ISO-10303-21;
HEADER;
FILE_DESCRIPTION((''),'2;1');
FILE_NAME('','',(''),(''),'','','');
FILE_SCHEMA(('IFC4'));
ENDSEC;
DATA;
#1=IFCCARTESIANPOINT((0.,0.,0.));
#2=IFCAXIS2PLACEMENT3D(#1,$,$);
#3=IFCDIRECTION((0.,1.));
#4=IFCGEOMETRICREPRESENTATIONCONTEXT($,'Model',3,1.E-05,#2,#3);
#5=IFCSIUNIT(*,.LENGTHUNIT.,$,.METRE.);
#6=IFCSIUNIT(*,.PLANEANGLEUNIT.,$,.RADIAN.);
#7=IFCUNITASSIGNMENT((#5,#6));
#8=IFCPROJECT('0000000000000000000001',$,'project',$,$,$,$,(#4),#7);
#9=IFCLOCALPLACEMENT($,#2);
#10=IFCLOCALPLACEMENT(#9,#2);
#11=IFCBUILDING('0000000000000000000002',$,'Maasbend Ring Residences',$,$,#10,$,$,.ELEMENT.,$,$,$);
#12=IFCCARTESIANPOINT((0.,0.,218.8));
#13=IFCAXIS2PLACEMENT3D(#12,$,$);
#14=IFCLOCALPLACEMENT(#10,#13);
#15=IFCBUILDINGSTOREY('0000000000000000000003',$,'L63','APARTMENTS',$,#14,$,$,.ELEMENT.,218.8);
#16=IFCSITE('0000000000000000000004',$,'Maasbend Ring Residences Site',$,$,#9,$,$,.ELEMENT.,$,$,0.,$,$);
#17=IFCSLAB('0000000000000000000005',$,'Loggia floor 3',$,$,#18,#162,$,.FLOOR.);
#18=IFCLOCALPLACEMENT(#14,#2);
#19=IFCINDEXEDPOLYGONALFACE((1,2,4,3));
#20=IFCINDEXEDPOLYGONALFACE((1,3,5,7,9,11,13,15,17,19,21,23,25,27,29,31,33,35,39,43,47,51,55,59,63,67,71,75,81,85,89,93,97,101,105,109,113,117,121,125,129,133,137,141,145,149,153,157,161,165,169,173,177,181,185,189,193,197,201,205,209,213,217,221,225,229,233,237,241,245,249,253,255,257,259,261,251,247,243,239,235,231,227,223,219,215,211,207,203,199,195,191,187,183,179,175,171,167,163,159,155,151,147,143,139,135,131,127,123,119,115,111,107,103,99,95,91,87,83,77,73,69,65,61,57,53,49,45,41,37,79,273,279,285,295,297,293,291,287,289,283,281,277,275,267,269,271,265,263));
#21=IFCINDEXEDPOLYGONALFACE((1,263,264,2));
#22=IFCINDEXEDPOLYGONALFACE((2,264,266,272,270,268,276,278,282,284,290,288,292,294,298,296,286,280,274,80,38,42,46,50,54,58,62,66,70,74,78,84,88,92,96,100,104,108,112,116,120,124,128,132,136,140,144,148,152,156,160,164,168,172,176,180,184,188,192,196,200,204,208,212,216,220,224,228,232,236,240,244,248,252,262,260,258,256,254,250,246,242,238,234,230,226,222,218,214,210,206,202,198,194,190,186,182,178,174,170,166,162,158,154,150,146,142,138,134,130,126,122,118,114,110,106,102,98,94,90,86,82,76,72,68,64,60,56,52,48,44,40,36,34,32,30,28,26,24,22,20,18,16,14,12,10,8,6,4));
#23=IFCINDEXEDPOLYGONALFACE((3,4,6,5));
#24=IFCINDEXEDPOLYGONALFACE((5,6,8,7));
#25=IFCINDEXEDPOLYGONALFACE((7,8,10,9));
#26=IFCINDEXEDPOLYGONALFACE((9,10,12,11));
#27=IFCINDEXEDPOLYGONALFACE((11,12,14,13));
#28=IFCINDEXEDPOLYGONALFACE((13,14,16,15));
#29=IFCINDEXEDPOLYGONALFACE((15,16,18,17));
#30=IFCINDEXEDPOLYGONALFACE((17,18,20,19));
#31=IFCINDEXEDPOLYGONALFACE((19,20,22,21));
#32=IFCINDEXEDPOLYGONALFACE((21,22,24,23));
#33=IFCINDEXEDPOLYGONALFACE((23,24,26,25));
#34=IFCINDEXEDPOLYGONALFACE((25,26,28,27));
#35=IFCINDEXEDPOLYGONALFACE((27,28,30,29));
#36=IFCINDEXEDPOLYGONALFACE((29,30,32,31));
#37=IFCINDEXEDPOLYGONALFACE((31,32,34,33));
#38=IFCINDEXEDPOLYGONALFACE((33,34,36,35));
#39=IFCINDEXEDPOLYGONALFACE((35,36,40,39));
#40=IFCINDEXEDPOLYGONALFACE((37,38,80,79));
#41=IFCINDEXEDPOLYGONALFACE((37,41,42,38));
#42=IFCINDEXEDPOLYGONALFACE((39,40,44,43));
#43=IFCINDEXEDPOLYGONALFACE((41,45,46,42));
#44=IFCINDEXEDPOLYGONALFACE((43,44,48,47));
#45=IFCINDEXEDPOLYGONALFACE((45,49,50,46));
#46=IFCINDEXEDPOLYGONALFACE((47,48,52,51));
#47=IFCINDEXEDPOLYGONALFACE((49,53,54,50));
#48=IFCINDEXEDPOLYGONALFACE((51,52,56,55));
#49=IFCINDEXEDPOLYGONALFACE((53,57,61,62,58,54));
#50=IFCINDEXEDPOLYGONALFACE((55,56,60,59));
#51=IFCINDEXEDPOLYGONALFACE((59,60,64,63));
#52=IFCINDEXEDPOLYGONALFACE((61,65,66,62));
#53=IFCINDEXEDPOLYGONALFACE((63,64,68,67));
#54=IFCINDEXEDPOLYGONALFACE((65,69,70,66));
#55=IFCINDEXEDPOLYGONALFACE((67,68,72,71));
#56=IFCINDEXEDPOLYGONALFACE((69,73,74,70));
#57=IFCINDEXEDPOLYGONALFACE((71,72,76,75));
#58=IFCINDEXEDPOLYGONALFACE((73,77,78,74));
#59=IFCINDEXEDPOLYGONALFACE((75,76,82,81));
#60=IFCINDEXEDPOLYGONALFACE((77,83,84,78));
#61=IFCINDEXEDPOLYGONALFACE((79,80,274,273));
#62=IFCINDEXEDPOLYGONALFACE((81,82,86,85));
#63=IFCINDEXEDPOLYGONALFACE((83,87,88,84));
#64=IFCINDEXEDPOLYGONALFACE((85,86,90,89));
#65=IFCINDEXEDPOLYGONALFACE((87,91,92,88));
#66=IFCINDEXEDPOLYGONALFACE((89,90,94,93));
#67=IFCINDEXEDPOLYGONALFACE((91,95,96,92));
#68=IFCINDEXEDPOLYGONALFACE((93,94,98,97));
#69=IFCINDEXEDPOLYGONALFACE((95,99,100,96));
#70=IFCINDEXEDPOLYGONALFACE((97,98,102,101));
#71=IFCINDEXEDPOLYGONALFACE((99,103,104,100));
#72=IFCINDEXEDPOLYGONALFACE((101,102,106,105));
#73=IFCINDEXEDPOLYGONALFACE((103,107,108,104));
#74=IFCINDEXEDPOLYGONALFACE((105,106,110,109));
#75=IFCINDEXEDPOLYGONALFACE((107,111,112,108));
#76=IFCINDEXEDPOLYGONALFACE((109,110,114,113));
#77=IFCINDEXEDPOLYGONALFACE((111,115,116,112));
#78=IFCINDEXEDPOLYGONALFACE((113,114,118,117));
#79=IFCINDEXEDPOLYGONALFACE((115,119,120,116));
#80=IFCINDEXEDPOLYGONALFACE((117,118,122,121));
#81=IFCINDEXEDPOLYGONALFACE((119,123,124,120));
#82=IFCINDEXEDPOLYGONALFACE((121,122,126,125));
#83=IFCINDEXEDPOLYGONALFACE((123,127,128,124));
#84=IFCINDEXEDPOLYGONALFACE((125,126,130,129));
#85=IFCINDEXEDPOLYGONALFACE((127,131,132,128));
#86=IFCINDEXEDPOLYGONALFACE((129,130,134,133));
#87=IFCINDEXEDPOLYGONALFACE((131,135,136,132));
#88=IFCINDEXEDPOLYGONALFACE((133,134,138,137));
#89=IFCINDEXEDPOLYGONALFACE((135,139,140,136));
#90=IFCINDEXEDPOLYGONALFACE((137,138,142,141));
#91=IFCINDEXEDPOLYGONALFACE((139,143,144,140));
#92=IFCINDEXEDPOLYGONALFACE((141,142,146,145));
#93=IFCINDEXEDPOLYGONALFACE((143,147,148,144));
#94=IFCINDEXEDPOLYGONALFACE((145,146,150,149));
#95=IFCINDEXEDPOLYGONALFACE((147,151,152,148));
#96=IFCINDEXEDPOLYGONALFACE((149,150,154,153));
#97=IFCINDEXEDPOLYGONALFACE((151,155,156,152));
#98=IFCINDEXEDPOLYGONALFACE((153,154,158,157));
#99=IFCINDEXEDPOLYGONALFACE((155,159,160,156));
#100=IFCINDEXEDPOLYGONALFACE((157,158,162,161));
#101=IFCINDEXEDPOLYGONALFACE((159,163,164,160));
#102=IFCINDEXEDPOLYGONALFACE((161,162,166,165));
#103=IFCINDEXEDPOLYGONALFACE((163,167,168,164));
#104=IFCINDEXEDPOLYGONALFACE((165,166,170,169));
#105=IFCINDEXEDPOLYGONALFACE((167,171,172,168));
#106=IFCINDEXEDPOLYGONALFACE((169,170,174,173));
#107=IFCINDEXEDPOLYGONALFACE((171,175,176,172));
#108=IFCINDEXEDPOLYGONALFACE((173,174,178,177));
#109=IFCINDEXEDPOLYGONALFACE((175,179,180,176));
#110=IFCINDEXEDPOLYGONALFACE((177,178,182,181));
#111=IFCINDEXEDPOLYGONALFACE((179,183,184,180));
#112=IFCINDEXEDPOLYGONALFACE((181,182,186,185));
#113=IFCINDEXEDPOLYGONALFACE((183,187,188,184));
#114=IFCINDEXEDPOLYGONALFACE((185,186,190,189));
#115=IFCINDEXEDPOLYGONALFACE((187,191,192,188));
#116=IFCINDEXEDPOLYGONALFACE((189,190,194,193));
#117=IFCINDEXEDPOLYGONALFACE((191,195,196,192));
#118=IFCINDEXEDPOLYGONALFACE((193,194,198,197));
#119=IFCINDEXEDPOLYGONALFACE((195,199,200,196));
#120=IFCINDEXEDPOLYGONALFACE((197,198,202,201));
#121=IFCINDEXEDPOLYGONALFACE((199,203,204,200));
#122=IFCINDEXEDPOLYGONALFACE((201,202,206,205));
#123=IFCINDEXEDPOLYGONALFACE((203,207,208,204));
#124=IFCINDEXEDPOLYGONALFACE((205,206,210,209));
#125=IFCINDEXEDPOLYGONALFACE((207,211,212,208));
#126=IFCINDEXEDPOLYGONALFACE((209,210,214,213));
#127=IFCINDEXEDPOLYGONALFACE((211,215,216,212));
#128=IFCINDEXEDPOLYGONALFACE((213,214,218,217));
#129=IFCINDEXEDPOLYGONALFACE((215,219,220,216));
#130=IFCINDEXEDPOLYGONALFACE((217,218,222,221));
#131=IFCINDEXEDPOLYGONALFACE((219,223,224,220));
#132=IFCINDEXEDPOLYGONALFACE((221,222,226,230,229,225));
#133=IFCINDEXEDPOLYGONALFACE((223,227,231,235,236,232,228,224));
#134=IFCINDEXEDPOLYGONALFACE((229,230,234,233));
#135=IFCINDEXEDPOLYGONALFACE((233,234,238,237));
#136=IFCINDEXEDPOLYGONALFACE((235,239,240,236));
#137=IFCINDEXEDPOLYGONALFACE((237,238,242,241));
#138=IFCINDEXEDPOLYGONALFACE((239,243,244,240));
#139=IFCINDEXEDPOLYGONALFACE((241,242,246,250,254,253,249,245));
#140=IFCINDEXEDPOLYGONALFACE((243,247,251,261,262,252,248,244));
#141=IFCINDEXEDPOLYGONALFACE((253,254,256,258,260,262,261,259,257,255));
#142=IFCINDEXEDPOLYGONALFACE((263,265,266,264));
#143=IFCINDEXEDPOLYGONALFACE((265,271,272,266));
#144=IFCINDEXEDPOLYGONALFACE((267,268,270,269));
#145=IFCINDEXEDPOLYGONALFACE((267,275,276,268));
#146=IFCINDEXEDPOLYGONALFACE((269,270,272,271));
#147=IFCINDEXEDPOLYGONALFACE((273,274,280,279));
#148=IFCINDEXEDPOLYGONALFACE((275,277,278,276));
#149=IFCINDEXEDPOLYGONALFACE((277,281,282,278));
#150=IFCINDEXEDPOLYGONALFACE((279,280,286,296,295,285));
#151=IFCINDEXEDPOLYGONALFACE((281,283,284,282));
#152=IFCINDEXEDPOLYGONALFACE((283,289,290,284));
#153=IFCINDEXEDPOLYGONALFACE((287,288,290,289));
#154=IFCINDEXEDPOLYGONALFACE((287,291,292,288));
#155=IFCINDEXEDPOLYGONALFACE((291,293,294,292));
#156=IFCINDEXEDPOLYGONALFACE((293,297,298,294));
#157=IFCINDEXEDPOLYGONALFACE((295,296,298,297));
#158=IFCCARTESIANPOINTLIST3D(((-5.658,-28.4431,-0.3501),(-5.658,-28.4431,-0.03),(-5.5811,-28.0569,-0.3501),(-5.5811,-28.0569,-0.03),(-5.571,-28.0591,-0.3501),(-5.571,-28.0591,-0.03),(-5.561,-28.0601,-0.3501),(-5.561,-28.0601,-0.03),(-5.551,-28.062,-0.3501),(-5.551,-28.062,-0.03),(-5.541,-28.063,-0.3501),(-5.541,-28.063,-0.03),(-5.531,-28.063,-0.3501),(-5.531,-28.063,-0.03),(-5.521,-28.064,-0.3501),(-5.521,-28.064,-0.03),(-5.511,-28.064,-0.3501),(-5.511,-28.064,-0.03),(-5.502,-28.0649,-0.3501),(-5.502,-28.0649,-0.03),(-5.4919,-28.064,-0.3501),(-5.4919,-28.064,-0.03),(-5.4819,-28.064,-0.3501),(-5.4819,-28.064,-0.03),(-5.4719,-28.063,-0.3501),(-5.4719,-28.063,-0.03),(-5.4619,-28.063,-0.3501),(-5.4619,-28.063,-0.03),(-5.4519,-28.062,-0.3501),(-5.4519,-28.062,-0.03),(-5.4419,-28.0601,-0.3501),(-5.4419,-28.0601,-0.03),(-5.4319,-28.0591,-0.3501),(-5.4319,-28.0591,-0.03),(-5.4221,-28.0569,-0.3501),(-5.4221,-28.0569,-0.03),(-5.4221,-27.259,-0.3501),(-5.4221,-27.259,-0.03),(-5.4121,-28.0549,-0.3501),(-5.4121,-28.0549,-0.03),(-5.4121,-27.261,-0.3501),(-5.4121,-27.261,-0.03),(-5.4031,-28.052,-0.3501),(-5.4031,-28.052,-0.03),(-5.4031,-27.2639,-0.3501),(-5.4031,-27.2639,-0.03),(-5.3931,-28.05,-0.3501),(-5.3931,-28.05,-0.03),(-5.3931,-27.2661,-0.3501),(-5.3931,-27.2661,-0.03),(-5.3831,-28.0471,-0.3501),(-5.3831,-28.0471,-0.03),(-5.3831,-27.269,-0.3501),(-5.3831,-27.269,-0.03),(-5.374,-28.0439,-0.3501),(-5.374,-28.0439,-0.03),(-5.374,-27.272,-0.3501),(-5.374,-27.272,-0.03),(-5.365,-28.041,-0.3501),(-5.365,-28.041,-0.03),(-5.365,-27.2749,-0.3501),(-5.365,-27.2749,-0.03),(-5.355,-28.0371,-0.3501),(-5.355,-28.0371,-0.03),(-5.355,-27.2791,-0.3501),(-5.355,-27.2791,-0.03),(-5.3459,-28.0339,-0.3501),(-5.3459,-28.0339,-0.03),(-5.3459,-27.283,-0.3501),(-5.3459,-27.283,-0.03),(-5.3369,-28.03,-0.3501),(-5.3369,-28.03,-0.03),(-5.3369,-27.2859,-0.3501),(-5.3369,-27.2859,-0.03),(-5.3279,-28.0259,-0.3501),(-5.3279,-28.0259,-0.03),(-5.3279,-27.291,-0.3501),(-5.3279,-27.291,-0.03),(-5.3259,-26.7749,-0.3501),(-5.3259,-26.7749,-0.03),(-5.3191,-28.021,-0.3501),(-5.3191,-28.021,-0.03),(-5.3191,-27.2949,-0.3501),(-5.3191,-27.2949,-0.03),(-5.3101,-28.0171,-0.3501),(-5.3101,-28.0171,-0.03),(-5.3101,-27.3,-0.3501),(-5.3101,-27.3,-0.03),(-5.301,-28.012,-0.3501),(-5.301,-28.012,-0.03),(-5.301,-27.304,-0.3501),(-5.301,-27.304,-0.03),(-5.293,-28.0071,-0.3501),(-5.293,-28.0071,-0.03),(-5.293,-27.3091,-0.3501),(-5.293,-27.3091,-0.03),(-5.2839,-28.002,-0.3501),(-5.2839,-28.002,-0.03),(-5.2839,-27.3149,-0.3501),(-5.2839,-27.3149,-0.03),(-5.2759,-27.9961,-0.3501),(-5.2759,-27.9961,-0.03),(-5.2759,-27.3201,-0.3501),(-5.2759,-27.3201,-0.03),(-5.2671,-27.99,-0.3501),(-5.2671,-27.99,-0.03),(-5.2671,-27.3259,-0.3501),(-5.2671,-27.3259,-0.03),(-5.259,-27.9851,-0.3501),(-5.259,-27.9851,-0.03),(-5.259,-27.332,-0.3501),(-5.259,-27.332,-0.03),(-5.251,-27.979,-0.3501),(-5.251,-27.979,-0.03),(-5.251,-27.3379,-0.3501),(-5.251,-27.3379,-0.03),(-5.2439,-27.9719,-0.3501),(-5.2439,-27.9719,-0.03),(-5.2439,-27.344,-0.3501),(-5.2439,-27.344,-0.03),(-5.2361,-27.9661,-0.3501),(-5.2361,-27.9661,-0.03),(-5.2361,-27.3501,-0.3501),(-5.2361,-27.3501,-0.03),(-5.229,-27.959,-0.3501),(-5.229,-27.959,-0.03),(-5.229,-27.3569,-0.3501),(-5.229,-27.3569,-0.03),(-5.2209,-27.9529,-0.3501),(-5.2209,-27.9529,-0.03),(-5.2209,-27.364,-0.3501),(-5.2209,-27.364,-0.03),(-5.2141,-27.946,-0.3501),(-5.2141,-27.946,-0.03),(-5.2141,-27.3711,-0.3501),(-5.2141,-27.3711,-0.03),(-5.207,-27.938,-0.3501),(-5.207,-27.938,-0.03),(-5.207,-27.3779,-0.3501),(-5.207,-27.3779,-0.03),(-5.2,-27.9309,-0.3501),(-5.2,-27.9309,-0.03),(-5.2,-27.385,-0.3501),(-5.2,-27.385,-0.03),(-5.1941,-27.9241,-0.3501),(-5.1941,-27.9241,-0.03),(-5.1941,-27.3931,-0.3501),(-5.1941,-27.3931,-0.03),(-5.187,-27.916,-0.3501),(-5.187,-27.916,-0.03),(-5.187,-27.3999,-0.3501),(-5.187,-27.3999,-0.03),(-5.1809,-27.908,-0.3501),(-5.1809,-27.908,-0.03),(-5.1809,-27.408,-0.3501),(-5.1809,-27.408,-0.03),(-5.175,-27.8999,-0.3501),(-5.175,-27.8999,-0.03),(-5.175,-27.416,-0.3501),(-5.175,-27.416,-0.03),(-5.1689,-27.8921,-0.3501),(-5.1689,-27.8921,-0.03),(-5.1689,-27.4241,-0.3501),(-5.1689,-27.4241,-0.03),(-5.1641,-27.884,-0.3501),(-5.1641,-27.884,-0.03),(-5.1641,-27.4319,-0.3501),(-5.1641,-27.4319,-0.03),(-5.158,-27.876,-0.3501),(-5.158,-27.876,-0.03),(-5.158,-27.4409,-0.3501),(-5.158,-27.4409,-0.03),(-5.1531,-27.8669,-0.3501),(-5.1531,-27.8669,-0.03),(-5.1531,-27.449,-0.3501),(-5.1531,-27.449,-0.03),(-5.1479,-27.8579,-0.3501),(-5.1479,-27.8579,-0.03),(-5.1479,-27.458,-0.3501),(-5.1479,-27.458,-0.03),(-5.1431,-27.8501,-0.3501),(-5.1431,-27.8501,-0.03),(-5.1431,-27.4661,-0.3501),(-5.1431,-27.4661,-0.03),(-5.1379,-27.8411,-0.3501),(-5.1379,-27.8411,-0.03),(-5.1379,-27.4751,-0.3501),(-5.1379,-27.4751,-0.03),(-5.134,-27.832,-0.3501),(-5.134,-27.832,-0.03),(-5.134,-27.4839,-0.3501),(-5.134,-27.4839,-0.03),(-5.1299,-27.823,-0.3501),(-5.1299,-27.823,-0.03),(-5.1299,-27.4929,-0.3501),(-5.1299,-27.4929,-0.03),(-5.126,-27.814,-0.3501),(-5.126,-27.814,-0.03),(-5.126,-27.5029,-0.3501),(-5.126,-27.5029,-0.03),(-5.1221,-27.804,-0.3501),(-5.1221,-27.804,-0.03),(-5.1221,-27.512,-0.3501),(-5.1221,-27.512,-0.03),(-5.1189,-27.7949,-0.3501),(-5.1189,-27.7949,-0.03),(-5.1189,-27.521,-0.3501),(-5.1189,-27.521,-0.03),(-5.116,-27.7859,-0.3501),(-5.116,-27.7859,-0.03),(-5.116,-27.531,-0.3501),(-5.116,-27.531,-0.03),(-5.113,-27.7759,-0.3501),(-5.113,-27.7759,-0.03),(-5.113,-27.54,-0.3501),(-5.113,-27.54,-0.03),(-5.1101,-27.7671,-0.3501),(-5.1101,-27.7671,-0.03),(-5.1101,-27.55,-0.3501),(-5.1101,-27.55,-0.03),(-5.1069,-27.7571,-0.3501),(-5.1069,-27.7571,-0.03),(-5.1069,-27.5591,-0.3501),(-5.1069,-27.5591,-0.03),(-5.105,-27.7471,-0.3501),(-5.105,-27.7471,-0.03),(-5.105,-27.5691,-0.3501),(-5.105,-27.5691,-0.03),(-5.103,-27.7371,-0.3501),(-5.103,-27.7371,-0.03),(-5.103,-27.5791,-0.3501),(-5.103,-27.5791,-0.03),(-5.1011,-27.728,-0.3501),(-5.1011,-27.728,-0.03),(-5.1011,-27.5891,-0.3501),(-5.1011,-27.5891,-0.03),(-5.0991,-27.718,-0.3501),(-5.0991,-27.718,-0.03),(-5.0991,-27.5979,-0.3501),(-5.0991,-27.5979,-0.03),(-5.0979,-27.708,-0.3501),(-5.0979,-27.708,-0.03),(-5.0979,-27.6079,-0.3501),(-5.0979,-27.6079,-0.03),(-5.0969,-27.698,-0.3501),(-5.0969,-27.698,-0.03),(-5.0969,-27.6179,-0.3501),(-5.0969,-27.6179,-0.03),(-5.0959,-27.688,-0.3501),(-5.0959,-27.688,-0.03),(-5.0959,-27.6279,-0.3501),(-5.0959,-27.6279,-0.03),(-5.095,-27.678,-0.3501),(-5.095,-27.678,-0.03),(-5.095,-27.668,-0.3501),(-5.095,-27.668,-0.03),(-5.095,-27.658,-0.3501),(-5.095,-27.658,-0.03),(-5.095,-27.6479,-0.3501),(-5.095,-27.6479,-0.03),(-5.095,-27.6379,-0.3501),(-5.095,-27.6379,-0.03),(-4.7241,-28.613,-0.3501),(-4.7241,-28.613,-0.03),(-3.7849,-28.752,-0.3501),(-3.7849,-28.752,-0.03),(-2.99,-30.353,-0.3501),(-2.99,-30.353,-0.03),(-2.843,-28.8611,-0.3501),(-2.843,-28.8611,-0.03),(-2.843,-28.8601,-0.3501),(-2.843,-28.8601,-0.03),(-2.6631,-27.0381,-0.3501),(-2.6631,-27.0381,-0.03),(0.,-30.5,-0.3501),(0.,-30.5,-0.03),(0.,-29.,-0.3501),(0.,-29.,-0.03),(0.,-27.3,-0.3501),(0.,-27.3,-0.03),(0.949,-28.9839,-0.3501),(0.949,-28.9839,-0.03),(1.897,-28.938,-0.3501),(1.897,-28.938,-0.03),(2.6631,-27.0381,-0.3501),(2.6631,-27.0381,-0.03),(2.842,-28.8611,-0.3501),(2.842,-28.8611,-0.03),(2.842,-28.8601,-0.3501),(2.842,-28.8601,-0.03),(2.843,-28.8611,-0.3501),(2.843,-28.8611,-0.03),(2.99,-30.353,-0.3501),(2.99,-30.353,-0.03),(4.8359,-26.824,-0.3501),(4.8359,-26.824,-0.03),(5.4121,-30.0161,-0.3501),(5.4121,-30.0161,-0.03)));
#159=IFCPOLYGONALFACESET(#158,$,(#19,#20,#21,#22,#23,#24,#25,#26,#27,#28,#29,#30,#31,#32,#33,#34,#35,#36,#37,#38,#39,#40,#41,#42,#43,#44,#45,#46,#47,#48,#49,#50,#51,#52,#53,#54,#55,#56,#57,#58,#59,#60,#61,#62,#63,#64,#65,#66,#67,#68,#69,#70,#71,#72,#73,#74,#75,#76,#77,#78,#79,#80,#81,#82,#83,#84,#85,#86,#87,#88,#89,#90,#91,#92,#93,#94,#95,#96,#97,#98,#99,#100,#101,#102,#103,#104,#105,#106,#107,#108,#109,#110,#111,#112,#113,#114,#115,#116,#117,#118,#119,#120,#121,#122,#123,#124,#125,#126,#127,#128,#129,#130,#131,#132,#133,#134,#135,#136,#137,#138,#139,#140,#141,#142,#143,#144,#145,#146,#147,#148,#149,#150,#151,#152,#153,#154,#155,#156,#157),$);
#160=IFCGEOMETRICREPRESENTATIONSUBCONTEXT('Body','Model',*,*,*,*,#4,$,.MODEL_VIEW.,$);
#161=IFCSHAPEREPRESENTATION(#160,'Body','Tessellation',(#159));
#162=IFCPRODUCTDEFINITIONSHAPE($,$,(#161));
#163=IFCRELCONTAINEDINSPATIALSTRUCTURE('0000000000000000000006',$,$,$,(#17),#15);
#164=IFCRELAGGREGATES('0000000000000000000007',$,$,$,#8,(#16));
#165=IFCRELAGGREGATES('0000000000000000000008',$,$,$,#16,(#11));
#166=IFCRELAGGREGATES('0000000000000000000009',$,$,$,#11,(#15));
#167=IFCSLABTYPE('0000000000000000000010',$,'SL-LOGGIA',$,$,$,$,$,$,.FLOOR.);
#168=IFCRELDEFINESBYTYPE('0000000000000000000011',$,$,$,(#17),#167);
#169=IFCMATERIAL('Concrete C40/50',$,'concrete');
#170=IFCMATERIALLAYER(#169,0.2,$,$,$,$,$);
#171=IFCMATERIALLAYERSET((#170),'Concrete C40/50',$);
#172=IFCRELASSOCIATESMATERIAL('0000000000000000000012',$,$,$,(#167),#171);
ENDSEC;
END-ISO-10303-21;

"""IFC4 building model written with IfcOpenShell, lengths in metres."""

from ifc_helpers import new_model, si_unit, direction, frame, origin, place, context, subcontext, project, spatial, polyline, outline, extrude, material, layer, layer_set, type_object, element, save


model = new_model("IFC4")

# Units and contexts
model_context = context("Model", 3, precision=1e-05, world=origin(), true_north=direction((0.0, 1.0)))
body_context = subcontext(model_context, "Body", "Model", "MODEL_VIEW")
ifc_project = project(units=[si_unit("LENGTHUNIT", "METRE"), si_unit("PLANEANGLEUNIT", "RADIAN")], contexts=[model_context])

# Site, building, storey
site_placement = place(None, origin())
site = spatial("IfcSite", under=ifc_project, at=site_placement, Name="Maasbend Ring Residences Site", CompositionType="ELEMENT", RefElevation=0.0)
building_placement = place(site_placement, origin())
building = spatial("IfcBuilding", under=site, at=building_placement, Name="Maasbend Ring Residences", CompositionType="ELEMENT")
storey_placement = place(building_placement, frame((0.0, 0.0, 218.8)))
storey = spatial("IfcBuildingStorey", under=building, at=storey_placement, Name="L63", Description="APARTMENTS", CompositionType="ELEMENT", Elevation=218.8)

# Slab
ifc_material_1 = material(Name="Concrete C40/50", Category="concrete")
ifc_layer_1 = layer(ifc_material_1, 0.2)
ifc_layer_set_1 = layer_set([ifc_layer_1], Name="Concrete C40/50")
slab_type = type_object("IfcSlabType", Name="SL-LOGGIA", PredefinedType="FLOOR", material=ifc_layer_set_1)
slab_1_placement = place(storey_placement, frame((0.0, 0.0, -0.3501)))
element("IfcSlab", 1, at=slab_1_placement, inside=storey, type_object=slab_type, Name="Loggia floor 3", PredefinedType="FLOOR", context=body_context, shape_type="SweptSolid", body=[
    extrude(outline(polyline([(-2.6631, -27.0381), (0.0, -27.3), (0.0, -27.3), (0.0, -27.3), (2.6631, -27.0381), (4.8359, -26.824), (4.8359, -26.824), (4.8359, -26.824), (5.4121, -30.0161), (5.4121, -30.0161), (5.4121, -30.0161), (2.99, -30.353), (2.99, -30.353), (2.99, -30.353), (2.843, -28.8611), (2.843, -28.8611), (2.843, -28.8611), (2.843, -28.8611), (2.842, -28.8611), (2.842, -28.8611), (2.842, -28.8611), (2.842, -28.8611), (2.842, -28.8611), (2.842, -28.8601), (2.842, -28.8601), (2.842, -28.8601), (2.842, -28.8601), (2.842, -28.8601), (2.842, -28.8601), (2.842, -28.8601), (2.842, -28.8601), (1.897, -28.938), (1.897, -28.938), (0.949, -28.9839), (0.949, -28.9839), (0.0, -29.0), (0.0, -29.0), (0.0, -29.0), (0.0, -29.0), (0.0, -29.0), (0.0, -29.0), (0.0, -29.0), (0.0, -29.0), (0.0, -29.0), (0.0, -29.0), (0.0, -29.0), (0.0, -29.0), (0.0, -29.0), (0.0, -29.0), (0.0, -29.0), (0.0, -29.0), (0.0, -29.0), (0.0, -30.5), (0.0, -30.5), (0.0, -30.5), (-2.99, -30.353), (-2.99, -30.353), (-2.99, -30.353), (-2.843, -28.8611), (-2.843, -28.8611), (-2.843, -28.8611), (-2.843, -28.8611), (-2.843, -28.8611), (-2.843, -28.8611), (-2.843, -28.8611), (-2.843, -28.8611), (-2.843, -28.8601), (-2.843, -28.8601), (-2.843, -28.8601), (-2.843, -28.8601), (-2.843, -28.8601), (-2.843, -28.8601), (-2.843, -28.8601), (-2.843, -28.8601), (-2.843, -28.8601), (-3.7849, -28.752), (-3.7849, -28.752), (-4.7241, -28.613), (-4.7241, -28.613), (-5.658, -28.4431), (-5.658, -28.4431), (-5.658, -28.4431), (-5.5811, -28.0569), (-5.5811, -28.0569), (-5.571, -28.0591), (-5.561, -28.0601), (-5.551, -28.062), (-5.541, -28.063), (-5.531, -28.063), (-5.521, -28.064), (-5.511, -28.064), (-5.502, -28.0649), (-5.4919, -28.064), (-5.4819, -28.064), (-5.4719, -28.063), (-5.4619, -28.063), (-5.4519, -28.062), (-5.4419, -28.0601), (-5.4319, -28.0591), (-5.4221, -28.0569), (-5.4121, -28.0549), (-5.4031, -28.052), (-5.3931, -28.05), (-5.3831, -28.0471), (-5.374, -28.0439), (-5.365, -28.041), (-5.355, -28.0371), (-5.3459, -28.0339), (-5.3369, -28.03), (-5.3279, -28.0259), (-5.3191, -28.021), (-5.3101, -28.0171), (-5.301, -28.012), (-5.293, -28.0071), (-5.2839, -28.002), (-5.2759, -27.9961), (-5.2671, -27.99), (-5.259, -27.9851), (-5.251, -27.979), (-5.2439, -27.9719), (-5.2361, -27.9661), (-5.229, -27.959), (-5.2209, -27.9529), (-5.2141, -27.946), (-5.207, -27.938), (-5.2, -27.9309), (-5.1941, -27.9241), (-5.187, -27.916), (-5.1809, -27.908), (-5.175, -27.8999), (-5.1689, -27.8921), (-5.1641, -27.884), (-5.158, -27.876), (-5.1531, -27.8669), (-5.1479, -27.8579), (-5.1431, -27.8501), (-5.1379, -27.8411), (-5.134, -27.832), (-5.1299, -27.823), (-5.126, -27.814), (-5.1221, -27.804), (-5.1189, -27.7949), (-5.116, -27.7859), (-5.113, -27.7759), (-5.1101, -27.7671), (-5.1069, -27.7571), (-5.105, -27.7471), (-5.103, -27.7371), (-5.1011, -27.728), (-5.0991, -27.718), (-5.0979, -27.708), (-5.0969, -27.698), (-5.0959, -27.688), (-5.095, -27.678), (-5.095, -27.668), (-5.095, -27.658), (-5.095, -27.6479), (-5.095, -27.6379), (-5.0959, -27.6279), (-5.0969, -27.6179), (-5.0979, -27.6079), (-5.0991, -27.5979), (-5.1011, -27.5891), (-5.103, -27.5791), (-5.105, -27.5691), (-5.1069, -27.5591), (-5.1101, -27.55), (-5.113, -27.54), (-5.116, -27.531), (-5.1189, -27.521), (-5.1221, -27.512), (-5.126, -27.5029), (-5.1299, -27.4929), (-5.134, -27.4839), (-5.1379, -27.4751), (-5.1431, -27.4661), (-5.1479, -27.458), (-5.1531, -27.449), (-5.158, -27.4409), (-5.1641, -27.4319), (-5.1689, -27.4241), (-5.175, -27.416), (-5.1809, -27.408), (-5.187, -27.3999), (-5.1941, -27.3931), (-5.2, -27.385), (-5.207, -27.3779), (-5.2141, -27.3711), (-5.2209, -27.364), (-5.229, -27.3569), (-5.2361, -27.3501), (-5.2439, -27.344), (-5.251, -27.3379), (-5.259, -27.332), (-5.2671, -27.3259), (-5.2759, -27.3201), (-5.2839, -27.3149), (-5.293, -27.3091), (-5.301, -27.304), (-5.3101, -27.3), (-5.3191, -27.2949), (-5.3279, -27.291), (-5.3369, -27.2859), (-5.3459, -27.283), (-5.355, -27.2791), (-5.365, -27.2749), (-5.374, -27.272), (-5.3831, -27.269), (-5.3931, -27.2661), (-5.4031, -27.2639), (-5.4121, -27.261), (-5.4221, -27.259), (-5.4221, -27.259), (-5.3259, -26.7749), (-5.3259, -26.7749), (-5.3259, -26.7749), (-2.6631, -27.0381)])), origin(), (0.0, 0.0, 1.0), 0.3201),
])

save(model, "model.ifc")
